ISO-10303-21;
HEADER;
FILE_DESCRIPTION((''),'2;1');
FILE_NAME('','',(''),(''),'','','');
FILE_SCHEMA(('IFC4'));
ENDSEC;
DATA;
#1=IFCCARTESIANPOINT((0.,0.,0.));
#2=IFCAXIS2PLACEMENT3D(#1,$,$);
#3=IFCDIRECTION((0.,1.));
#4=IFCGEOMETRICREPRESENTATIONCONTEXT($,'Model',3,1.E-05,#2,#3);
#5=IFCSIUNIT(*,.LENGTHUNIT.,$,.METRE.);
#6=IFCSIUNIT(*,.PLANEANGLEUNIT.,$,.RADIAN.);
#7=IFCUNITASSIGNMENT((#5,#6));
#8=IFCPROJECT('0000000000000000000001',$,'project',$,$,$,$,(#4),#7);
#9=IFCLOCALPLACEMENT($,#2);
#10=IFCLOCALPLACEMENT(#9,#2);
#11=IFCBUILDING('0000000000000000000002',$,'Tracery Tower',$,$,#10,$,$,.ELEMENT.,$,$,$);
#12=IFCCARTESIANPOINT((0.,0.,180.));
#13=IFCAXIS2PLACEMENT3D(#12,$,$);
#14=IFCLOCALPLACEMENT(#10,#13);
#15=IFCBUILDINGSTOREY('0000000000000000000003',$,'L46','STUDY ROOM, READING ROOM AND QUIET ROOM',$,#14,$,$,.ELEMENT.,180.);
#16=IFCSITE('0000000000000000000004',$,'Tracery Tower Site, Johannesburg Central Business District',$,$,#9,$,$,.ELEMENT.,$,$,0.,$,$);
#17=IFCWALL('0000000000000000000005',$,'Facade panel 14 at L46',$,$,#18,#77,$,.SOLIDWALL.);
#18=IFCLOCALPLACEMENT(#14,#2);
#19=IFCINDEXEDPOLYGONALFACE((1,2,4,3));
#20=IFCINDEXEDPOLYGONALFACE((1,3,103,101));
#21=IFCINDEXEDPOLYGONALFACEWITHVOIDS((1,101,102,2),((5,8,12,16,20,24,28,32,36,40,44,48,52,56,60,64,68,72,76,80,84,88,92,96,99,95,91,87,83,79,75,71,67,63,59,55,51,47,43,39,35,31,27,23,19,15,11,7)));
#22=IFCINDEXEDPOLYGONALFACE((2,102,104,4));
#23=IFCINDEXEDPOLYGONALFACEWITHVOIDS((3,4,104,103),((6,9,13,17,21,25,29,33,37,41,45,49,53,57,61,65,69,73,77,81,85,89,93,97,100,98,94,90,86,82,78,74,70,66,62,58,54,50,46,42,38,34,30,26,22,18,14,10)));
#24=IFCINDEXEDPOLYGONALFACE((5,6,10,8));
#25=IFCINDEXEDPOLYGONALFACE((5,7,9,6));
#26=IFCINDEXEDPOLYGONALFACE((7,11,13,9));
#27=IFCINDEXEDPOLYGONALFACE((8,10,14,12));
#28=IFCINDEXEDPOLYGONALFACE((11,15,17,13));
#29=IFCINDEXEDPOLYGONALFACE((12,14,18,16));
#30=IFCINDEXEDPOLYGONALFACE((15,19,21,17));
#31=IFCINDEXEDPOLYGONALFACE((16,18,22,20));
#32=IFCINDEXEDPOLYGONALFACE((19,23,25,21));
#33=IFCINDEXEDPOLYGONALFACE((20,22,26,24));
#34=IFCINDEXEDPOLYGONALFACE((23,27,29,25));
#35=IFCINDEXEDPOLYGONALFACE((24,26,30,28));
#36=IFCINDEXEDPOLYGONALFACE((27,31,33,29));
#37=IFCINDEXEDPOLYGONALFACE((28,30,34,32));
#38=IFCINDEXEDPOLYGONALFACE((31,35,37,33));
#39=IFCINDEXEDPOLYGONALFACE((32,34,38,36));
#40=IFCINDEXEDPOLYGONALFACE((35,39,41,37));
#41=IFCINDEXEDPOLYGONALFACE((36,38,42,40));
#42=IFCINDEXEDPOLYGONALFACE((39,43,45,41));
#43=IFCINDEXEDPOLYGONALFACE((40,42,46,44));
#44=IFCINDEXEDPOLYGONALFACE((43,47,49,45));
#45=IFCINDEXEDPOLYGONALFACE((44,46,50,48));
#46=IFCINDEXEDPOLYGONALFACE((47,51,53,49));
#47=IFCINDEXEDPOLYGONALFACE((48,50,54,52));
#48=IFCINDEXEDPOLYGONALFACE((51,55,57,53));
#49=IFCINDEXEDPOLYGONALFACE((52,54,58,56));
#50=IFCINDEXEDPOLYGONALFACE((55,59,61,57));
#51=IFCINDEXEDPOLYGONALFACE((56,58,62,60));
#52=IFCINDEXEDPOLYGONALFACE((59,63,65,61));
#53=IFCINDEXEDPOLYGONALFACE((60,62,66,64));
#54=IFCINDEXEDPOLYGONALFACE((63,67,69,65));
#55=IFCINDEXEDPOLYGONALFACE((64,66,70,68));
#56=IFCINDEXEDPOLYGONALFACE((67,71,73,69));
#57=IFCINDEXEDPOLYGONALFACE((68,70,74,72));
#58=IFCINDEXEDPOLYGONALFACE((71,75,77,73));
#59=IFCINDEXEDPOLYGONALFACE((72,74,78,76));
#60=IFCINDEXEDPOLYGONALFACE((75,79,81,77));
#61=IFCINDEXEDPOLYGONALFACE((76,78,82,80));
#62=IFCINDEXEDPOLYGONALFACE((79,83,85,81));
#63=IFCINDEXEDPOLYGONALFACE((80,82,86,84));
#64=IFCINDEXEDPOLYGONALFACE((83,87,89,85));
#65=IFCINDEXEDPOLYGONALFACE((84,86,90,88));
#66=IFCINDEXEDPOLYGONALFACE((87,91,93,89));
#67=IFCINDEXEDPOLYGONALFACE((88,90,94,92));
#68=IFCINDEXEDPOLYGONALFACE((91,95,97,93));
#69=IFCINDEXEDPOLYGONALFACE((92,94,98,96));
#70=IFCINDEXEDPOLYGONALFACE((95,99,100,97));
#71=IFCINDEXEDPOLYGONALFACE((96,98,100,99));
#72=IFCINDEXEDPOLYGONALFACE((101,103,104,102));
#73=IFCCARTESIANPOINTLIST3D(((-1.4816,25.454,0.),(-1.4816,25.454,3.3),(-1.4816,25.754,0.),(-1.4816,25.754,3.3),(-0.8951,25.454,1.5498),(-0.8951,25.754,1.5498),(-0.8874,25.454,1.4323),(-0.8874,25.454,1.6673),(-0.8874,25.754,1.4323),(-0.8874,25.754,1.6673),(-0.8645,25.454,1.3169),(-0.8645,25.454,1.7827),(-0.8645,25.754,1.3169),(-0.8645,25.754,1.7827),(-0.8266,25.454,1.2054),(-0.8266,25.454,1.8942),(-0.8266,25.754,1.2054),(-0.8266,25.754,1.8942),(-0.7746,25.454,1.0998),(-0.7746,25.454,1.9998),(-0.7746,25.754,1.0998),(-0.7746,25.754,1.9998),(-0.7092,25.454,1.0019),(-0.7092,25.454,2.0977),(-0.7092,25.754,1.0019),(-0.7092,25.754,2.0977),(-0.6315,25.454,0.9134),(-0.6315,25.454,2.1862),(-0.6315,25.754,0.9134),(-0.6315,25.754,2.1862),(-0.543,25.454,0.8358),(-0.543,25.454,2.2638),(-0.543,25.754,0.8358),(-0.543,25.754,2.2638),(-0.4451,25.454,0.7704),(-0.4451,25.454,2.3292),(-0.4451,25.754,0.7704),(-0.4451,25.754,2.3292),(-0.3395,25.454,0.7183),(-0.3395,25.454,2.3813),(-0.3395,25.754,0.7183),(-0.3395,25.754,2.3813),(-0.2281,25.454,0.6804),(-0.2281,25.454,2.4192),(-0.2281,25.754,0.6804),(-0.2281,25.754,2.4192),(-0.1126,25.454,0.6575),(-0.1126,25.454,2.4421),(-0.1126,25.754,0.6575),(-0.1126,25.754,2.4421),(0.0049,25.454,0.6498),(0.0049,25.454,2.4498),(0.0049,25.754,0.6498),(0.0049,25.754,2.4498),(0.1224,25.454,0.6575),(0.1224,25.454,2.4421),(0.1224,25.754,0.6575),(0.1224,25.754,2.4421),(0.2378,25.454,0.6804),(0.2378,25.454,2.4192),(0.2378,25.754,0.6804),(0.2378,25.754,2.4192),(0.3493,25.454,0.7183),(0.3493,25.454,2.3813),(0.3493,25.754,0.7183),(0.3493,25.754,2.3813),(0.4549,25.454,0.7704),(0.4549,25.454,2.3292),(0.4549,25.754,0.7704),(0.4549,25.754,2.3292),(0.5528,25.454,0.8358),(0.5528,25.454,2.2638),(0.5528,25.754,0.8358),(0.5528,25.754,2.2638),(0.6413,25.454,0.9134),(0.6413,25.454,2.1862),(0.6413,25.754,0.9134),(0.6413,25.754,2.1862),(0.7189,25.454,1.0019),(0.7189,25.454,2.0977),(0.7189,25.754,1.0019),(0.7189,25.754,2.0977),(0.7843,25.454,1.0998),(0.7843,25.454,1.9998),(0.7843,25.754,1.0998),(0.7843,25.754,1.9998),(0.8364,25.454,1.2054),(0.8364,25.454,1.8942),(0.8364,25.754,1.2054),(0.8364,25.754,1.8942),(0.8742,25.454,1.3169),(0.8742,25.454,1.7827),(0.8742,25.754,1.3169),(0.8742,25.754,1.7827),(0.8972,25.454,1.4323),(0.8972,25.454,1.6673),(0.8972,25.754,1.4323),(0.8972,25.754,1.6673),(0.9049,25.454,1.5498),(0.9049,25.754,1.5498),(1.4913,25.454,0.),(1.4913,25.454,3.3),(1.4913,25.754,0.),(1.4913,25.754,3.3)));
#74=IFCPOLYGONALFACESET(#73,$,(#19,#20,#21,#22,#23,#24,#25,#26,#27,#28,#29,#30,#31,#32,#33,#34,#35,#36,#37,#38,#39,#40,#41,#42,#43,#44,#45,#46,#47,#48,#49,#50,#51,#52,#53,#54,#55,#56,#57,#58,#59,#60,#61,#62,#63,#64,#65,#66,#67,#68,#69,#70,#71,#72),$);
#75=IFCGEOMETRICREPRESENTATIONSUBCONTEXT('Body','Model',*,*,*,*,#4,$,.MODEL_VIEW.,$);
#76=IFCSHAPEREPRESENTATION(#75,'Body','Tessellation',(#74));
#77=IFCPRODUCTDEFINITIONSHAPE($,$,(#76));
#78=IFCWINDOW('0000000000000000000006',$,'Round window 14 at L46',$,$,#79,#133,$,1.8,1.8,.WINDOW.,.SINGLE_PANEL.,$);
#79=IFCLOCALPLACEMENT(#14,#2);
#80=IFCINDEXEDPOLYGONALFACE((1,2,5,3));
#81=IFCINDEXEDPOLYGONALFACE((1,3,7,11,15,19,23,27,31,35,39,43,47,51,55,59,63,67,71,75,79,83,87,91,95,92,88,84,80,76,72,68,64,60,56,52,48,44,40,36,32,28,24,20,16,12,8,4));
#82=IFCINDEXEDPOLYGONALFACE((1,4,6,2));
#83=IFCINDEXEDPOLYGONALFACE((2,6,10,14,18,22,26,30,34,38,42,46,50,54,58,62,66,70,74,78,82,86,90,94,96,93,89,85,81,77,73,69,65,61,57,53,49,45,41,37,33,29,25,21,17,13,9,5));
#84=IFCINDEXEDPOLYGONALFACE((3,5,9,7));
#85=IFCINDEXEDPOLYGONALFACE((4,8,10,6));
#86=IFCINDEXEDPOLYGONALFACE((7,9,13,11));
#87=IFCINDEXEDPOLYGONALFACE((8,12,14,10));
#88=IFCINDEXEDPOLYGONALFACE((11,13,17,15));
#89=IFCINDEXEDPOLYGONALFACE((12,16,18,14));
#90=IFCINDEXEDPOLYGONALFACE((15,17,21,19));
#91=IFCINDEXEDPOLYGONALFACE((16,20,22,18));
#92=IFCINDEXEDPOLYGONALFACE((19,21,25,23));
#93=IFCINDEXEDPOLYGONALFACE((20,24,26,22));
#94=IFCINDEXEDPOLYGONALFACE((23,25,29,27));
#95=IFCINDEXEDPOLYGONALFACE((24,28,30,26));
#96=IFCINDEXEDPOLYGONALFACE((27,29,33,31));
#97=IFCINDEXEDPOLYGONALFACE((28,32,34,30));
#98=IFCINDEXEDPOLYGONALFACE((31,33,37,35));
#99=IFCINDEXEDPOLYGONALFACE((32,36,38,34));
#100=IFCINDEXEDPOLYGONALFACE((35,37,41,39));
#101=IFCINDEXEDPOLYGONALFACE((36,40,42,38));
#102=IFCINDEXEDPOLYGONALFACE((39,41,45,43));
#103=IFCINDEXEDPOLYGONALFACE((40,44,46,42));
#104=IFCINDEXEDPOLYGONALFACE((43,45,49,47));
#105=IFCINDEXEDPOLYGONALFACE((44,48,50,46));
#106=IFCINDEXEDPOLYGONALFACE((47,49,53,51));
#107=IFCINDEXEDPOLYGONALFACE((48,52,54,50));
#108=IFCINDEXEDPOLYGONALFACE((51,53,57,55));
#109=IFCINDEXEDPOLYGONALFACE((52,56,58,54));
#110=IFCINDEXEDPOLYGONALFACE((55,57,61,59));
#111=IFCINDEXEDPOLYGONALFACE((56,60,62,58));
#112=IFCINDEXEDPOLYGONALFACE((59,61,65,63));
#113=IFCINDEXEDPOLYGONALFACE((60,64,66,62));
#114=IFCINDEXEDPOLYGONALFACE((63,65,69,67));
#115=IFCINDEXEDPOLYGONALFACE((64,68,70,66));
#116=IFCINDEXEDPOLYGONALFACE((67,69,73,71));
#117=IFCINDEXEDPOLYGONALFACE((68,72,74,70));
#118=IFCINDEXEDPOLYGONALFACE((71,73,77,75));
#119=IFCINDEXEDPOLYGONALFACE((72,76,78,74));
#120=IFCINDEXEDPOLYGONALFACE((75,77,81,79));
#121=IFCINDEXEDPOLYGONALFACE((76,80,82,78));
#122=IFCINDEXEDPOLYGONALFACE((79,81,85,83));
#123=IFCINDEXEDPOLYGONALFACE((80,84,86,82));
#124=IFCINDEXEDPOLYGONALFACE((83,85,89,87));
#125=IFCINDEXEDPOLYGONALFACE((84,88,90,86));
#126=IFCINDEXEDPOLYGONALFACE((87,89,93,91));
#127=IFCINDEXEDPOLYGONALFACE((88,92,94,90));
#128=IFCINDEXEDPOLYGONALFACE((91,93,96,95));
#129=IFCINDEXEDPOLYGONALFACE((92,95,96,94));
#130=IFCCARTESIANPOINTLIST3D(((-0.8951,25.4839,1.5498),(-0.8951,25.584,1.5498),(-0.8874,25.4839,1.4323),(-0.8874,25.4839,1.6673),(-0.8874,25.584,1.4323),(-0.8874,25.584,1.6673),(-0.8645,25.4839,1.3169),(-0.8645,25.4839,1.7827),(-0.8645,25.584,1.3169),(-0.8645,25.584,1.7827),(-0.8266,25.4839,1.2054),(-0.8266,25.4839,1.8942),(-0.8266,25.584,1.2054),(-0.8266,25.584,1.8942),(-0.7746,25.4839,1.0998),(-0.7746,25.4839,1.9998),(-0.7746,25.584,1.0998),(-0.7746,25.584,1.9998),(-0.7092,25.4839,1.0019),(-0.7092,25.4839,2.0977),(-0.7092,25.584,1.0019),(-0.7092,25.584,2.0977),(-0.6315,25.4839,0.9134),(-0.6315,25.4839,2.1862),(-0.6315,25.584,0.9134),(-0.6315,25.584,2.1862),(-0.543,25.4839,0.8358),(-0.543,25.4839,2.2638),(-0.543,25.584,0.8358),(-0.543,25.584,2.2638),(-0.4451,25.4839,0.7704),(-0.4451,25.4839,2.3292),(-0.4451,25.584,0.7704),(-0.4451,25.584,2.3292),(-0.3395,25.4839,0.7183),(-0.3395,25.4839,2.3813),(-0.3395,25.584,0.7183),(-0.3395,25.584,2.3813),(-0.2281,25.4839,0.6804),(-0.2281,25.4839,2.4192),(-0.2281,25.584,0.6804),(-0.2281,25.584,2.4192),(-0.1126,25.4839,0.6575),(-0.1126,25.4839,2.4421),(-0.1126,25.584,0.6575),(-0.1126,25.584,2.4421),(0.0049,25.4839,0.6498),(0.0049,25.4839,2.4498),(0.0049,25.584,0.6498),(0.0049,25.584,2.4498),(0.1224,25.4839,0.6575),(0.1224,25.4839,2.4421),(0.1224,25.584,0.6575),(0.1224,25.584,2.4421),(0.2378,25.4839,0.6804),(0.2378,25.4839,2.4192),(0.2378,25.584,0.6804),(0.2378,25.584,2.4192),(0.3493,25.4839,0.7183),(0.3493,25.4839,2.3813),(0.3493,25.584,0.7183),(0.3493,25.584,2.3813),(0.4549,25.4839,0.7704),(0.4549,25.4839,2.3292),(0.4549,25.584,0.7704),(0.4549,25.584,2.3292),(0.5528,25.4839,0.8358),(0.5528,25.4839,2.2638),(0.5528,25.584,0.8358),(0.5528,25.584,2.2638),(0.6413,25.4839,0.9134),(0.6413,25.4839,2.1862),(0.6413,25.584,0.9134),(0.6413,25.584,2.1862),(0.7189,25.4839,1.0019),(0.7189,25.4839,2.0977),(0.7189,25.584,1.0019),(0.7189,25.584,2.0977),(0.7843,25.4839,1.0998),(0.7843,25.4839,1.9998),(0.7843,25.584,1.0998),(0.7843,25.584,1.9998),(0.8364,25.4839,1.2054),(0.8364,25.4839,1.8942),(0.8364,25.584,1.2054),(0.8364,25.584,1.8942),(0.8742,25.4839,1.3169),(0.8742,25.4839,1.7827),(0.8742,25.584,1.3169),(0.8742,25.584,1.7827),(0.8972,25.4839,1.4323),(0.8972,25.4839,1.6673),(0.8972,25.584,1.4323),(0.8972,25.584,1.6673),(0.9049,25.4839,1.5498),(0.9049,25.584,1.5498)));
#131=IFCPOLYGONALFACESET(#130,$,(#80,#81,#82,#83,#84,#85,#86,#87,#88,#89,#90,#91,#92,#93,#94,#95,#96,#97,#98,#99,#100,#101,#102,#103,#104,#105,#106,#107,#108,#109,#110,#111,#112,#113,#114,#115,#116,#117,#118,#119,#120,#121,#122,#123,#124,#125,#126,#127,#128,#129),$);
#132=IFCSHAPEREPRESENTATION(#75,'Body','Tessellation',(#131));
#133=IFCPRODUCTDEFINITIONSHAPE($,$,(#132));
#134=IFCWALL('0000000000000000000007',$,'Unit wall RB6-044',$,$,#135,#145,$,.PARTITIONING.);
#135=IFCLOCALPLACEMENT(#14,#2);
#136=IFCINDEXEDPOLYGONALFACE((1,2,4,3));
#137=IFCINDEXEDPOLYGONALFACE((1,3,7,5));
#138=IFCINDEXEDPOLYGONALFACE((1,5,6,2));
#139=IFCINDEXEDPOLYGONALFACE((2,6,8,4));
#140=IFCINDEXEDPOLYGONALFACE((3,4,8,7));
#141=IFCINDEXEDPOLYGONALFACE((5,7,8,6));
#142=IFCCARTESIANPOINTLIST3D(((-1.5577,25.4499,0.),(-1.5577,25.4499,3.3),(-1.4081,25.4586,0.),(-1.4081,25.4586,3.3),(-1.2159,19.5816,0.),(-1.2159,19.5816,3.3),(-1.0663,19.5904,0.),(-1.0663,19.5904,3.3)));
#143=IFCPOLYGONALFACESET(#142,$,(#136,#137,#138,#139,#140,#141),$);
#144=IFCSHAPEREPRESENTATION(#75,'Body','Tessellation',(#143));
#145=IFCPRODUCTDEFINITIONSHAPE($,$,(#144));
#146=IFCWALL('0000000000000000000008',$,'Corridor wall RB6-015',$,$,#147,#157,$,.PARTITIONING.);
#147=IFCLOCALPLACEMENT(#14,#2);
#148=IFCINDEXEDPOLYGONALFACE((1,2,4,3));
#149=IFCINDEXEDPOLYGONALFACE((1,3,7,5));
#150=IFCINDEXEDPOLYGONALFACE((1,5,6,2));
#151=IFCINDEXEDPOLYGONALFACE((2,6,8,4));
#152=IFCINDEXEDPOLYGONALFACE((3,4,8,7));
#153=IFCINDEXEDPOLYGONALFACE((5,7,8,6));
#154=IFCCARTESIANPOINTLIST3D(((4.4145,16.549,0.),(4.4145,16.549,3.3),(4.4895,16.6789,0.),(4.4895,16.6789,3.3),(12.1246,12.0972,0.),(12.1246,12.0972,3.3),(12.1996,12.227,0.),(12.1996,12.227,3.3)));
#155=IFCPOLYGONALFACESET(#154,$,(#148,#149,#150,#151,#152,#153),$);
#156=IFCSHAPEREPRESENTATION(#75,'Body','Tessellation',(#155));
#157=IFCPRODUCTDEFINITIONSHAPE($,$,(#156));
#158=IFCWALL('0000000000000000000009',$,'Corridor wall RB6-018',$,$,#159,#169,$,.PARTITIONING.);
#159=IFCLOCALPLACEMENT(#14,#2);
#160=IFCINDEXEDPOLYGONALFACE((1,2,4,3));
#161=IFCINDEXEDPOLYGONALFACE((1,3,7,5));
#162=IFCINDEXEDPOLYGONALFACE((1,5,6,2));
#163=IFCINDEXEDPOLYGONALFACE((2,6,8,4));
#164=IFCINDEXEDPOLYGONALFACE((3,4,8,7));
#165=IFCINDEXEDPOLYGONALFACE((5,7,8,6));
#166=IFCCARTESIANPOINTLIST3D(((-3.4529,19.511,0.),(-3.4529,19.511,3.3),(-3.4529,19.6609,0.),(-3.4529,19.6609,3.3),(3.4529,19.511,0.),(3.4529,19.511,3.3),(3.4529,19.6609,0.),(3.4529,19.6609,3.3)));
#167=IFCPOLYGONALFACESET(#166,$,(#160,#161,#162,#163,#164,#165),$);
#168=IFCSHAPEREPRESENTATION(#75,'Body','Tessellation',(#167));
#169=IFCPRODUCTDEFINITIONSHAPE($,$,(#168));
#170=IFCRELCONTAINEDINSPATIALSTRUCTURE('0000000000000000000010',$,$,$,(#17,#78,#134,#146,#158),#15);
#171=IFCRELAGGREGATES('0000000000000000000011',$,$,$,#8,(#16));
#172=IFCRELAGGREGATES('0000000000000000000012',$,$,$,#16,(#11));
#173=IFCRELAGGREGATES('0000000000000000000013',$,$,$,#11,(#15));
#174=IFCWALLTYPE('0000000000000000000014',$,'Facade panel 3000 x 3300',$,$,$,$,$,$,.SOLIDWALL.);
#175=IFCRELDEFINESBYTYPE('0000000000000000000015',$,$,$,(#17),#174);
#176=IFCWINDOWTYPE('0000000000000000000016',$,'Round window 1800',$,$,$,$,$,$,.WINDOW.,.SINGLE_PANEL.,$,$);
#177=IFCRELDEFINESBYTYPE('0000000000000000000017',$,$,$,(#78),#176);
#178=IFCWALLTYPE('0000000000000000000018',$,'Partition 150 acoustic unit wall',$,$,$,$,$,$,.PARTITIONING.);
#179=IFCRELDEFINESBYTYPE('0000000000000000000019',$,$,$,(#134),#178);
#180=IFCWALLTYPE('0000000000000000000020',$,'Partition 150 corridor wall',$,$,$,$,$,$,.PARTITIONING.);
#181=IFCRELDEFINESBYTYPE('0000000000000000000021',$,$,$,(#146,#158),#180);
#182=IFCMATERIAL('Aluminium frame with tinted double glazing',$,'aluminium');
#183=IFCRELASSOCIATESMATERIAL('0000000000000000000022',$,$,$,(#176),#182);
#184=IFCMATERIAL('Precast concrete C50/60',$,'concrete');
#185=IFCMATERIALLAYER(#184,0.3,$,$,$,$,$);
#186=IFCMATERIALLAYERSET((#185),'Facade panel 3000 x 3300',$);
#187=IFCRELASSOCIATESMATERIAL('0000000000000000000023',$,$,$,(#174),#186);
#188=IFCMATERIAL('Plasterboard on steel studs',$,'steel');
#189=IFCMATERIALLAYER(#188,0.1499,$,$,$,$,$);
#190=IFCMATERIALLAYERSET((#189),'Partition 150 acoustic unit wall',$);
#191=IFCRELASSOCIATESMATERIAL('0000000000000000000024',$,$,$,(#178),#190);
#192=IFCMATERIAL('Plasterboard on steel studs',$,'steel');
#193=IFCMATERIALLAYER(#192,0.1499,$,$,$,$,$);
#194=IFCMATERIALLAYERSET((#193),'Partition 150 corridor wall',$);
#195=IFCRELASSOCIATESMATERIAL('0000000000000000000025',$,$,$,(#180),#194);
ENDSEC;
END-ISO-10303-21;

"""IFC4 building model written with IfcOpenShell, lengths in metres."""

from ifc_helpers import new_model, si_unit, direction, frame, frame_2d, origin, origin_2d, place, context, subcontext, project, spatial, rectangle, circle, extrude, material, layer, layer_set, type_object, element, fill, save


model = new_model("IFC4")

# Units and contexts
model_context = context("Model", 3, precision=1e-05, world=origin(), true_north=direction((0.0, 1.0)))
body_context = subcontext(model_context, "Body", "Model", "MODEL_VIEW")
ifc_project = project(units=[si_unit("LENGTHUNIT", "METRE"), si_unit("PLANEANGLEUNIT", "RADIAN")], contexts=[model_context])

# Site, building, storey
site_placement = place(None, origin())
site = spatial("IfcSite", under=ifc_project, at=site_placement, Name="Tracery Tower Site, Johannesburg Central Business District", CompositionType="ELEMENT", RefElevation=0.0)
building_placement = place(site_placement, origin())
building = spatial("IfcBuilding", under=site, at=building_placement, Name="Tracery Tower", CompositionType="ELEMENT")
storey_placement = place(building_placement, frame((0.0, 0.0, 180.0)))
storey = spatial("IfcBuildingStorey", under=building, at=storey_placement, Name="L46", Description="STUDY ROOM, READING ROOM AND QUIET ROOM", CompositionType="ELEMENT", Elevation=180.0)

# Wall, opening, window
ifc_material_1 = material(Name="Aluminium frame with tinted double glazing", Category="aluminium")
window_type = type_object("IfcWindowType", Name="Round window 1800", PartitioningType="SINGLE_PANEL", PredefinedType="WINDOW", material=ifc_material_1)
ifc_material_2 = material(Name="Precast concrete C50/60", Category="concrete")
ifc_layer_1 = layer(ifc_material_2, 0.3)
ifc_layer_set_1 = layer_set([ifc_layer_1], Name="Facade panel 3000 x 3300")
wall_type_1 = type_object("IfcWallType", Name="Facade panel 3000 x 3300", PredefinedType="SOLIDWALL", material=ifc_layer_set_1)
wall_1_placement = place(storey_placement, frame((1.4912, 25.604, 0.0), z_axis=(0.0, 0.0, 1.0), x_axis=(-1.0, 0.0, 0.0)))
wall_1 = element("IfcWall", 1, at=wall_1_placement, inside=storey, type_object=wall_type_1, Name="Facade panel 14 at L46", PredefinedType="SOLIDWALL", context=body_context, shape_type="SweptSolid", body=[
    extrude(rectangle(XDim=2.9729, YDim=0.3, at=frame_2d((1.4863, 0.0))), origin(), (0.0, 0.0, 1.0), 3.3),
])
opening_1_placement = place(wall_1_placement, frame((1.4863, 0.0, 1.5498)))
opening_1 = element("IfcOpeningElement", 2, at=opening_1_placement, cuts=wall_1, PredefinedType="OPENING", context=body_context, shape_type="SweptSolid", body=[
    extrude(circle(Radius=0.9, at=origin_2d()), frame((0.0, 0.1599, 0.0), z_axis=(0.0, -1.0, 0.0), x_axis=(1.0, 0.0, 0.0)), (0.0, 0.0, 1.0), 0.3201),
])
window_1_placement = place(opening_1_placement, origin())
window_1 = element("IfcWindow", 3, at=window_1_placement, inside=storey, type_object=window_type, Name="Round window 14 at L46", OverallHeight=1.8, OverallWidth=1.8, PartitioningType="SINGLE_PANEL", PredefinedType="WINDOW", context=body_context, shape_type="SweptSolid", body=[
    extrude(circle(Radius=0.9, at=origin_2d()), frame((0.0, 0.1201, 0.0), z_axis=(0.0, -1.0, 0.0), x_axis=(1.0, 0.0, 0.0)), (0.0, 0.0, 1.0), 0.1001),
])
fill(opening_1, window_1)

# Walls
ifc_material_3 = material(Name="Plasterboard on steel studs", Category="steel")
ifc_layer_2 = layer(ifc_material_3, 0.1499)
ifc_layer_set_2 = layer_set([ifc_layer_2], Name="Partition 150 acoustic unit wall")
wall_type_2 = type_object("IfcWallType", Name="Partition 150 acoustic unit wall", PredefinedType="PARTITIONING", material=ifc_layer_set_2)
wall_2_placement = place(storey_placement, frame((-1.4829, 25.4541, 0.0), z_axis=(0.0, 0.0, 1.0), x_axis=(0.058147, -0.998308, 0.0)))
element("IfcWall", 4, at=wall_2_placement, inside=storey, type_object=wall_type_2, Name="Unit wall RB6-044", PredefinedType="PARTITIONING", context=body_context, shape_type="SweptSolid", body=[
    extrude(rectangle(XDim=5.8782, YDim=0.1499, at=frame_2d((2.939, 0.0))), origin(), (0.0, 0.0, 1.0), 3.3),
])
ifc_material_4 = material(Name="Plasterboard on steel studs", Category="steel")
ifc_layer_3 = layer(ifc_material_4, 0.1499)
ifc_layer_set_3 = layer_set([ifc_layer_3], Name="Partition 150 corridor wall")
wall_type_3 = type_object("IfcWallType", Name="Partition 150 corridor wall", PredefinedType="PARTITIONING", material=ifc_layer_set_3)
wall_3_placement = place(storey_placement, frame((4.4519, 16.614, 0.0), z_axis=(0.0, 0.0, 1.0), x_axis=(0.866005, -0.500035, 0.0)))
element("IfcWall", 5, at=wall_3_placement, inside=storey, type_object=wall_type_3, Name="Corridor wall RB6-015", PredefinedType="PARTITIONING", context=body_context, shape_type="SweptSolid", body=[
    extrude(rectangle(XDim=8.9031, YDim=0.1499, at=frame_2d((4.4517, 0.0))), origin(), (0.0, 0.0, 1.0), 3.3),
])
wall_4_placement = place(storey_placement, frame((-3.4529, 19.5859, 0.0), z_axis=(0.0, 0.0, 1.0), x_axis=(1.0, 0.0, 0.0)))
element("IfcWall", 6, at=wall_4_placement, inside=storey, type_object=wall_type_3, Name="Corridor wall RB6-018", PredefinedType="PARTITIONING", context=body_context, shape_type="SweptSolid", body=[
    extrude(rectangle(XDim=6.9058, YDim=0.1499, at=frame_2d((3.4529, 0.0))), origin(), (0.0, 0.0, 1.0), 3.3),
])

save(model, "model.ifc")
